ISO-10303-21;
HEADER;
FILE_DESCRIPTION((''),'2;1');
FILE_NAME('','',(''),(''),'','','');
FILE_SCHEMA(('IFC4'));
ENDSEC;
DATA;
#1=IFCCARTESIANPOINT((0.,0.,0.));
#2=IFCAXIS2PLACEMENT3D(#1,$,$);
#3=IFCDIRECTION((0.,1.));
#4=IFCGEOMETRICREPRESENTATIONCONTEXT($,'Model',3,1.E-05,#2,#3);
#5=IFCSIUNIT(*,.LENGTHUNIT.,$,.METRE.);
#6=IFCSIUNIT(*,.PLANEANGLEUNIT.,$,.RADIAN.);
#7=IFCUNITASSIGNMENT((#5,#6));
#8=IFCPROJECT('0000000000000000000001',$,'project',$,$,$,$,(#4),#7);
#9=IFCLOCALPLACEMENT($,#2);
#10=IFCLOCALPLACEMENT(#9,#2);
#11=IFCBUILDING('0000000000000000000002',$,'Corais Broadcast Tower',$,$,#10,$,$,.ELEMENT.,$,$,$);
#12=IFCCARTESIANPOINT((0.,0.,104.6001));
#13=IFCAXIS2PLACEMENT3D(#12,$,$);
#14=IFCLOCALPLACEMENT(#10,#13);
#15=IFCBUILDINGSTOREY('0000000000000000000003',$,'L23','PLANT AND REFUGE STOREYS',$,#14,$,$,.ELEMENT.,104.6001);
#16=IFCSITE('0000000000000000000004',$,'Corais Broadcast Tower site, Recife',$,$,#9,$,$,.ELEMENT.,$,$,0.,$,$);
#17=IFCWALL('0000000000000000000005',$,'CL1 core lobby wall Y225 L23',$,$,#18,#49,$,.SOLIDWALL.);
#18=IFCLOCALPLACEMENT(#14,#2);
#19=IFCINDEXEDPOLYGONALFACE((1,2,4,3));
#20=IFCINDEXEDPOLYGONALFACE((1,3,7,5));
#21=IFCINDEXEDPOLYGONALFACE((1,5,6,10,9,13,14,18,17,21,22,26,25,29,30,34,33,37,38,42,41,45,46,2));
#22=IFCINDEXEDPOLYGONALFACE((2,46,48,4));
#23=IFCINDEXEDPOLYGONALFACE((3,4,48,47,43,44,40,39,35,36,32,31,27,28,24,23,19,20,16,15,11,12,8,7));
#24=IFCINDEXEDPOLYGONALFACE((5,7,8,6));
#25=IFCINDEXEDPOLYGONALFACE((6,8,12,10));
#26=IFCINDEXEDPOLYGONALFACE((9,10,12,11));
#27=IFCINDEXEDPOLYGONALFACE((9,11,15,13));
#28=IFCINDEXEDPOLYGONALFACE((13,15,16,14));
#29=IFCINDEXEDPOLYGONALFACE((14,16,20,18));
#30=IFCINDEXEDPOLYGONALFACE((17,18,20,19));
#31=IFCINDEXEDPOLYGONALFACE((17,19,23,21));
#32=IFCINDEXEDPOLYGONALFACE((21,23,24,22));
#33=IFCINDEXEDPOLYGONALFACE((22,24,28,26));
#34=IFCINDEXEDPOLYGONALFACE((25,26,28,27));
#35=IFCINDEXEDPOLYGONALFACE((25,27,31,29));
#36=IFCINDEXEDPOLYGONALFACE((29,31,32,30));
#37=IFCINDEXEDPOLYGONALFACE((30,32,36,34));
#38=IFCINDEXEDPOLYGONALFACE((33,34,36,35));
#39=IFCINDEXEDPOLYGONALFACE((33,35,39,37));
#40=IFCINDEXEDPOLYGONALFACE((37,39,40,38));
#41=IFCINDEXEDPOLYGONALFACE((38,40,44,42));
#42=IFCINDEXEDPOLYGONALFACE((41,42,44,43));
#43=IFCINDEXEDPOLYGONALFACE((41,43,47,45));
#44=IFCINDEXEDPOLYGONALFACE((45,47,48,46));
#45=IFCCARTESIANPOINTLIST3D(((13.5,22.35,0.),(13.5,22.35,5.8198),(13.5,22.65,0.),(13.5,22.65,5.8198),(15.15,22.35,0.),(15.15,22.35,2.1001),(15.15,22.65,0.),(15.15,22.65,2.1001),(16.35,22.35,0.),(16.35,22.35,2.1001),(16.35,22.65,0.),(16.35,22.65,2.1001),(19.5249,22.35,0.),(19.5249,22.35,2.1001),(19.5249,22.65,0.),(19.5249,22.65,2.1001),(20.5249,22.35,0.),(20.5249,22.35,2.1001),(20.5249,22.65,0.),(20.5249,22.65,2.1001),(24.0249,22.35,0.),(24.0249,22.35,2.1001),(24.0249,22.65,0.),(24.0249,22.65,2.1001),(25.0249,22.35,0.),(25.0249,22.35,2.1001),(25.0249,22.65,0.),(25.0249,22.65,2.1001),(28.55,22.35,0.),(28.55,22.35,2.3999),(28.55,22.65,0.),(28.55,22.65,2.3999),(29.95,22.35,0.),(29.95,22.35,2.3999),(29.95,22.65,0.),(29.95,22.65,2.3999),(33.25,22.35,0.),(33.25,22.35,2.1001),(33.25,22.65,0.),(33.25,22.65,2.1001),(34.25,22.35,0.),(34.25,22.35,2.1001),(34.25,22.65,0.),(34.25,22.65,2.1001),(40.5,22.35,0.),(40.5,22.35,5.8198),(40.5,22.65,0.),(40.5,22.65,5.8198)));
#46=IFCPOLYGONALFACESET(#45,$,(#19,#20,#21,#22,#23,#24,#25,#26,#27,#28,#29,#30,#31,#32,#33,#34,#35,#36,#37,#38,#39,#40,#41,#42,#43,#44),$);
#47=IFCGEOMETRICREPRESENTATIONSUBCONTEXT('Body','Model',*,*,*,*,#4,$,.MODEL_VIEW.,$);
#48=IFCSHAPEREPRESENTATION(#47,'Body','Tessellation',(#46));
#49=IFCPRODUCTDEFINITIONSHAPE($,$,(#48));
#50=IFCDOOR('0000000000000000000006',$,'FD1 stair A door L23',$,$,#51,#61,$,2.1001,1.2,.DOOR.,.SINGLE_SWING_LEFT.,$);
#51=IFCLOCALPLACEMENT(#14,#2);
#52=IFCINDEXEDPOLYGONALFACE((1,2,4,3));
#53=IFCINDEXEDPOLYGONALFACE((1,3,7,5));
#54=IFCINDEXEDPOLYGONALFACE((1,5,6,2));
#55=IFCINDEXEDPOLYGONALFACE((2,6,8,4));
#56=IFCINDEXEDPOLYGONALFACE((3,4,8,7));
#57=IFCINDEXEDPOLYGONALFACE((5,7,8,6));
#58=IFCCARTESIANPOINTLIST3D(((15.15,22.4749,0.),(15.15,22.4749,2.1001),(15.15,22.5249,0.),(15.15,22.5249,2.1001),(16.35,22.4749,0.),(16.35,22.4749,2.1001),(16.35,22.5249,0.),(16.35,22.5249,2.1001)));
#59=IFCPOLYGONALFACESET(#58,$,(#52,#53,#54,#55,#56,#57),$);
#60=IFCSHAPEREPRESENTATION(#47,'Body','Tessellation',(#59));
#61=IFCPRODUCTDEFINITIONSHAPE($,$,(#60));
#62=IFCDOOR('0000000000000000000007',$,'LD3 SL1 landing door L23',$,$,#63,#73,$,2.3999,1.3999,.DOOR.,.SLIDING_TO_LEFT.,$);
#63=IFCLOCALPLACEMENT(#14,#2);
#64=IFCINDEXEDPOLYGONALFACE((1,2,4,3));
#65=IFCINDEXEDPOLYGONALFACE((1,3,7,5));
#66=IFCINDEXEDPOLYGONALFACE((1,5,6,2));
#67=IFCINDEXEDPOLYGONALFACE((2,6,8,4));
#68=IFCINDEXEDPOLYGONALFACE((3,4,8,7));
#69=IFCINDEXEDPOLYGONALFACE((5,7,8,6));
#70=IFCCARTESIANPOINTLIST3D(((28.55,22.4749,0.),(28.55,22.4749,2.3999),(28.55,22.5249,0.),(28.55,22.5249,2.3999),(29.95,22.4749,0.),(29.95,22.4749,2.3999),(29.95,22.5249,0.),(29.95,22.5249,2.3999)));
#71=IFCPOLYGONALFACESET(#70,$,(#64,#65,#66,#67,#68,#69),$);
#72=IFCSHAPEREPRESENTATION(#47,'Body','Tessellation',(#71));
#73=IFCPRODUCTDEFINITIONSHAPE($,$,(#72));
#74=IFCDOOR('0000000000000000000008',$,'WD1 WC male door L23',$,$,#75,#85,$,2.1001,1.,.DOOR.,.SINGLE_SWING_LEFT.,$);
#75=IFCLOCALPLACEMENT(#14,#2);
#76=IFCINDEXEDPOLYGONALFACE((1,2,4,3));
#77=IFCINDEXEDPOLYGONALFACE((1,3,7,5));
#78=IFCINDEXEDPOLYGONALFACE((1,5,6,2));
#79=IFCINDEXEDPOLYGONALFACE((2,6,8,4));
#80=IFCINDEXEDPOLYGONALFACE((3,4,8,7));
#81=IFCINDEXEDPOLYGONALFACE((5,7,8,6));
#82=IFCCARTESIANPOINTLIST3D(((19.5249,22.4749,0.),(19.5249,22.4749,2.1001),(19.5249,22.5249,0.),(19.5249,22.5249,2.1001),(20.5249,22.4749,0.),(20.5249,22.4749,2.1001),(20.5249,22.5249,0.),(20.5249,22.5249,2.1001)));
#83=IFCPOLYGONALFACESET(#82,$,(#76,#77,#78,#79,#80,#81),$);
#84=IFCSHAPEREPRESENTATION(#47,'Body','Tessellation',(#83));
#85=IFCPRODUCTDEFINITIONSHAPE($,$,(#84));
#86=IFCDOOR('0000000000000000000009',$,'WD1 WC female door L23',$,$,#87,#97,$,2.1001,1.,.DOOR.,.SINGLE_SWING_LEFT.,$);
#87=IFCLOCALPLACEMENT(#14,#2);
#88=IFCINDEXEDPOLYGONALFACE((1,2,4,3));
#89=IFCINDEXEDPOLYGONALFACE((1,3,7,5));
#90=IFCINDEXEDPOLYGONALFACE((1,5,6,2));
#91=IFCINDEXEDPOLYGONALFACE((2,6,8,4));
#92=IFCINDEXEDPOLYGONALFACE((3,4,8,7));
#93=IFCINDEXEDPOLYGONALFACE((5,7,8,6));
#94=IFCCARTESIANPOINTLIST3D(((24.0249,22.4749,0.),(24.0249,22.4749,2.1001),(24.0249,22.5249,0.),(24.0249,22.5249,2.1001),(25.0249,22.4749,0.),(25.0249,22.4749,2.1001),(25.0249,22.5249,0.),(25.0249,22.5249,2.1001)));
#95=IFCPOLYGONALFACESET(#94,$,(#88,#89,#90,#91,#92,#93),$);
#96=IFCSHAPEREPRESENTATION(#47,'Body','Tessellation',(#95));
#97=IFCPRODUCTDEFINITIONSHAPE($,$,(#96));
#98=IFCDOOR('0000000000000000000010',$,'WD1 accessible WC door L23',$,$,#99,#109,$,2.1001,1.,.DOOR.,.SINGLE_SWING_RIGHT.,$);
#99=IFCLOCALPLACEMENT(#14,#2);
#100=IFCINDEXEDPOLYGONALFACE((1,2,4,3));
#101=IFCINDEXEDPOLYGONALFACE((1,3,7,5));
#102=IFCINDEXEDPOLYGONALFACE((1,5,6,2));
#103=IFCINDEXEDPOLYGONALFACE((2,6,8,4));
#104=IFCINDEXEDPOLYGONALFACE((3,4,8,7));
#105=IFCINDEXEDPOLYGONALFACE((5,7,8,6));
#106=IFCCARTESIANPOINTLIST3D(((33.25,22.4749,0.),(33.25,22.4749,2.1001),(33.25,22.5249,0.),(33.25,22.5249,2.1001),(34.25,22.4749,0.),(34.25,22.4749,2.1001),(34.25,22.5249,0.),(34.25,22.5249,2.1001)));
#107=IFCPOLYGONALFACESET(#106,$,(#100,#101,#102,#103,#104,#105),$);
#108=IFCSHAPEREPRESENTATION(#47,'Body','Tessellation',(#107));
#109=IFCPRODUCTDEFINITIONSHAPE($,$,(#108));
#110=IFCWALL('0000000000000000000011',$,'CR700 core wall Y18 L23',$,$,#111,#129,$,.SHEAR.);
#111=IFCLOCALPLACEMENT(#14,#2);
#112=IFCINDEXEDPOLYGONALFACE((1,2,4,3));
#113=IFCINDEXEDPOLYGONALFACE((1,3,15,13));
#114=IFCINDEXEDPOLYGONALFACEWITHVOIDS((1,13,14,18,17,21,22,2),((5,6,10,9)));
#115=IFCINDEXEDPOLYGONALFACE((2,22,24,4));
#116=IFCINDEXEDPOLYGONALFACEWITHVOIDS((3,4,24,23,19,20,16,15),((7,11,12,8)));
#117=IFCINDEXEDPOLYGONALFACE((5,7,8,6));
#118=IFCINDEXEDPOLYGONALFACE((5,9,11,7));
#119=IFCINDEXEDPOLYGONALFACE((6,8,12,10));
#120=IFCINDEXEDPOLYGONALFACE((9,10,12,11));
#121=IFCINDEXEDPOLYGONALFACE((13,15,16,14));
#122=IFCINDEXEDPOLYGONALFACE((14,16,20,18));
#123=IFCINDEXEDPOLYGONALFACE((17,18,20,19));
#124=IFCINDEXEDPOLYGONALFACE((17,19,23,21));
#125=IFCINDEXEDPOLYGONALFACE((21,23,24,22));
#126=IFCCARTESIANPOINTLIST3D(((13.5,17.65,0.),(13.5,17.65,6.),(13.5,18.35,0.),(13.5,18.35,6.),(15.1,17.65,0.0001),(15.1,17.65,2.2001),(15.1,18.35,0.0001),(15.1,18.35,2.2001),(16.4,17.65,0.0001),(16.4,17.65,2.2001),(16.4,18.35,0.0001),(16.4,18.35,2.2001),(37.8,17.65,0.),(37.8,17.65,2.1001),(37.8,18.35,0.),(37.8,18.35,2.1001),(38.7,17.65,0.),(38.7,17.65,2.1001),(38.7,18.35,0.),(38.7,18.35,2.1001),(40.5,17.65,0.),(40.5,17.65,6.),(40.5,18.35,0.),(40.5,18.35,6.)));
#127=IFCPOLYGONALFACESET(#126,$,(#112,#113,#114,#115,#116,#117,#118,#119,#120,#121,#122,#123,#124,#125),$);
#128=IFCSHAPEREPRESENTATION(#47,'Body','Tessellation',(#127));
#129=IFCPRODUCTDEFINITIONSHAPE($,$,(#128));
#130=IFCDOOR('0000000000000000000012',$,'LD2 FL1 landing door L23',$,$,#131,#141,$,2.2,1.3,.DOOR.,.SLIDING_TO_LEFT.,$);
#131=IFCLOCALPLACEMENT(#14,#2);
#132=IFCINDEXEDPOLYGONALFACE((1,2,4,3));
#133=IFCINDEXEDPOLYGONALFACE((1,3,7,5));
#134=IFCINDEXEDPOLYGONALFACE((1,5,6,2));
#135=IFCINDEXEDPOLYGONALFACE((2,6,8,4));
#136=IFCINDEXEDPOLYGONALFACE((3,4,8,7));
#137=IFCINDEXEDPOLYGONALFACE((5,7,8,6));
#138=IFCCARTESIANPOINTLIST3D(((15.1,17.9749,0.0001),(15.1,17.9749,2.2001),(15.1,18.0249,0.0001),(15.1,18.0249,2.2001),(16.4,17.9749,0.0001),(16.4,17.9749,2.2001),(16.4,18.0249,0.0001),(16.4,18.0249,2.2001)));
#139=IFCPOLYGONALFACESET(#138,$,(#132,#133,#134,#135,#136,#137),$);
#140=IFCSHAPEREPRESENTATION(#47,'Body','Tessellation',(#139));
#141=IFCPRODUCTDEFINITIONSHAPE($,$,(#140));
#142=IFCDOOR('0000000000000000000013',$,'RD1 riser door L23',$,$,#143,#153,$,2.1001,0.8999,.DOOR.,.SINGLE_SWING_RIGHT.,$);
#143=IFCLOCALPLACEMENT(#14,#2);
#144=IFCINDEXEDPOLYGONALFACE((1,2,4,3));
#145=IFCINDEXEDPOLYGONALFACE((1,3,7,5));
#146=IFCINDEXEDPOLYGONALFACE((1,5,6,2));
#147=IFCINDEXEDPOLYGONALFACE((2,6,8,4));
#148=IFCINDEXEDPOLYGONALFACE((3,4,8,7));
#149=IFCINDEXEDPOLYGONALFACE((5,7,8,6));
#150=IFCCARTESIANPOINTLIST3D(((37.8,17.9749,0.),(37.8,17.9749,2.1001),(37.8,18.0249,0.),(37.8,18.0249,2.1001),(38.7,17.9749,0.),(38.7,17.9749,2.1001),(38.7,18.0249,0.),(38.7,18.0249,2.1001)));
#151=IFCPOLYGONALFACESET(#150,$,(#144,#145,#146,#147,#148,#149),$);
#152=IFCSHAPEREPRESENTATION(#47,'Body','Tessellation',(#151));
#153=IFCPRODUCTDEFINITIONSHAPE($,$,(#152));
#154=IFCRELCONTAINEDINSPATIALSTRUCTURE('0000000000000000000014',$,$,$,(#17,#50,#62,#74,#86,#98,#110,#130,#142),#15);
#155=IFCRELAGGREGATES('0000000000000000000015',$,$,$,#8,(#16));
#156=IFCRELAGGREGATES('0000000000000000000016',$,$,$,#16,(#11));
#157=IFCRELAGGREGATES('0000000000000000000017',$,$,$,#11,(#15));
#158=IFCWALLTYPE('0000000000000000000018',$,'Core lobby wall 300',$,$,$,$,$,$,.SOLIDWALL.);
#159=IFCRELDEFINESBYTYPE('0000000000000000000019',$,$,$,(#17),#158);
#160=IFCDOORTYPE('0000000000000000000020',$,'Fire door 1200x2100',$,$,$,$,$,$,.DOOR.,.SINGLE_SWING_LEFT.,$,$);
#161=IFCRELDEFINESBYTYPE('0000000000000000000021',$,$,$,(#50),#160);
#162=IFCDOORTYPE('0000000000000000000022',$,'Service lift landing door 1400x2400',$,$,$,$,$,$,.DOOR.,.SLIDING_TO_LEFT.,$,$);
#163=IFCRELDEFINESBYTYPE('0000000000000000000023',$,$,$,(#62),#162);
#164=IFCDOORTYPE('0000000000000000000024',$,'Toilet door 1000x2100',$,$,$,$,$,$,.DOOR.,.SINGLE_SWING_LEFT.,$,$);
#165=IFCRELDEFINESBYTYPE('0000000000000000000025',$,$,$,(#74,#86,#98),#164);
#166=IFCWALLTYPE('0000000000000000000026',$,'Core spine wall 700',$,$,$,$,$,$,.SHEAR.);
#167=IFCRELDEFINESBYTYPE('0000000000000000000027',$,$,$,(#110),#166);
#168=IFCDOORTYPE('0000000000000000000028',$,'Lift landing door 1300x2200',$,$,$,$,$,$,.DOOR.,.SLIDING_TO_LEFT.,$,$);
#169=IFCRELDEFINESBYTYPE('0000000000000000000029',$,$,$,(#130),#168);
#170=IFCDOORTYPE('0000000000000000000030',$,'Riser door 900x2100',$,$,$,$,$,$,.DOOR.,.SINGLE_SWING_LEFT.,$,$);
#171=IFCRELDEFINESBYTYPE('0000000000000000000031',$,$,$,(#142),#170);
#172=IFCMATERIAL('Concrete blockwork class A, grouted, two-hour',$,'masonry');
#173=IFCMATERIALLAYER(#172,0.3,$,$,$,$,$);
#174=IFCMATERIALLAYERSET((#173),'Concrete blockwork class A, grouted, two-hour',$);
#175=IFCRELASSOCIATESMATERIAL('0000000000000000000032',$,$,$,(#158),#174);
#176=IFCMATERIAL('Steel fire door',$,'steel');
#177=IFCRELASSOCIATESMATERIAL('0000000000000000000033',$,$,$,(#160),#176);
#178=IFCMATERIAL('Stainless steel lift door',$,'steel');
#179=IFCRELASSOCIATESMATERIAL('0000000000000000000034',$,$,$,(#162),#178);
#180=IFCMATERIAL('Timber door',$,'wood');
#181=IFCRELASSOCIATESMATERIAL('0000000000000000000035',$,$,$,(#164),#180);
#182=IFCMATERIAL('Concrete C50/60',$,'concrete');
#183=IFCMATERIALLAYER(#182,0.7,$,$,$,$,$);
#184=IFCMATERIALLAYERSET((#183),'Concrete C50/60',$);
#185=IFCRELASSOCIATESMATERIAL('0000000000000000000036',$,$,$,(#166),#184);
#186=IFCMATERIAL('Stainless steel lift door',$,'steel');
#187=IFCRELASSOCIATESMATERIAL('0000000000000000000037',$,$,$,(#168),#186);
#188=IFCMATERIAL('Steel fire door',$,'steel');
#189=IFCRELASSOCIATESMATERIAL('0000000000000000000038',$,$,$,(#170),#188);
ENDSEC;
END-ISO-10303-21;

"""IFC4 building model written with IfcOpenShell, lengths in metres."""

from ifc_helpers import new_model, si_unit, direction, frame, frame_2d, origin, place, context, subcontext, project, spatial, rectangle, extrude, material, layer, layer_set, type_object, element, fill, save


model = new_model("IFC4")

# Units and contexts
model_context = context("Model", 3, precision=1e-05, world=origin(), true_north=direction((0.0, 1.0)))
body_context = subcontext(model_context, "Body", "Model", "MODEL_VIEW")
ifc_project = project(units=[si_unit("LENGTHUNIT", "METRE"), si_unit("PLANEANGLEUNIT", "RADIAN")], contexts=[model_context])

# Site, building, storey
site_placement = place(None, origin())
site = spatial("IfcSite", under=ifc_project, at=site_placement, Name="Corais Broadcast Tower site, Recife", CompositionType="ELEMENT", RefElevation=0.0)
building_placement = place(site_placement, origin())
building = spatial("IfcBuilding", under=site, at=building_placement, Name="Corais Broadcast Tower", CompositionType="ELEMENT")
storey_placement = place(building_placement, frame((0.0, 0.0, 104.6001)))
storey = spatial("IfcBuildingStorey", under=building, at=storey_placement, Name="L23", Description="PLANT AND REFUGE STOREYS", CompositionType="ELEMENT", Elevation=104.6001)

# Walls, openings, doors
ifc_material_1 = material(Name="Concrete blockwork class A, grouted, two-hour", Category="masonry")
ifc_layer_1 = layer(ifc_material_1, 0.3)
ifc_layer_set_1 = layer_set([ifc_layer_1], Name="Concrete blockwork class A, grouted, two-hour")
wall_type_1 = type_object("IfcWallType", Name="Core lobby wall 300", PredefinedType="SOLIDWALL", material=ifc_layer_set_1)
wall_1_placement = place(storey_placement, frame((13.5, 22.5, 0.0), z_axis=(0.0, 0.0, 1.0), x_axis=(1.0, 0.0, 0.0)))
wall_1 = element("IfcWall", 1, at=wall_1_placement, inside=storey, type_object=wall_type_1, Name="CL1 core lobby wall Y225 L23", PredefinedType="SOLIDWALL", context=body_context, shape_type="SweptSolid", body=[
    extrude(rectangle(XDim=27.0, YDim=0.3, at=frame_2d((13.5, 0.0))), origin(), (0.0, 0.0, 1.0), 5.8198),
])
opening_1_placement = place(wall_1_placement, frame((1.6499, 0.0, 0.0)))
opening_1 = element("IfcOpeningElement", 2, at=opening_1_placement, cuts=wall_1, PredefinedType="OPENING", context=body_context, shape_type="SweptSolid", body=[
    extrude(rectangle(XDim=1.2, YDim=2.1001, at=frame_2d((0.6001, 1.05))), frame((0.0, 0.1599, 0.0), z_axis=(0.0, -1.0, 0.0), x_axis=(1.0, 0.0, 0.0)), (0.0, 0.0, 1.0), 0.3201),
])
opening_2_placement = place(wall_1_placement, frame((6.0249, 0.0, 0.0)))
opening_2 = element("IfcOpeningElement", 3, at=opening_2_placement, cuts=wall_1, PredefinedType="OPENING", context=body_context, shape_type="SweptSolid", body=[
    extrude(rectangle(XDim=1.0, YDim=2.1001, at=frame_2d((0.5, 1.05))), frame((0.0, 0.1599, 0.0), z_axis=(0.0, -1.0, 0.0), x_axis=(1.0, 0.0, 0.0)), (0.0, 0.0, 1.0), 0.3201),
])
opening_3_placement = place(wall_1_placement, frame((10.5249, 0.0, 0.0)))
opening_3 = element("IfcOpeningElement", 4, at=opening_3_placement, cuts=wall_1, PredefinedType="OPENING", context=body_context, shape_type="SweptSolid", body=[
    extrude(rectangle(XDim=1.0, YDim=2.1001, at=frame_2d((0.5, 1.05))), frame((0.0, 0.1599, 0.0), z_axis=(0.0, -1.0, 0.0), x_axis=(1.0, 0.0, 0.0)), (0.0, 0.0, 1.0), 0.3201),
])
opening_4_placement = place(wall_1_placement, frame((19.75, 0.0, 0.0)))
opening_4 = element("IfcOpeningElement", 5, at=opening_4_placement, cuts=wall_1, PredefinedType="OPENING", context=body_context, shape_type="SweptSolid", body=[
    extrude(rectangle(XDim=1.0, YDim=2.1001, at=frame_2d((0.5, 1.05))), frame((0.0, 0.1599, 0.0), z_axis=(0.0, -1.0, 0.0), x_axis=(1.0, 0.0, 0.0)), (0.0, 0.0, 1.0), 0.3201),
])
opening_5_placement = place(wall_1_placement, frame((15.05, 0.0, 0.0)))
opening_5 = element("IfcOpeningElement", 6, at=opening_5_placement, cuts=wall_1, PredefinedType="OPENING", context=body_context, shape_type="SweptSolid", body=[
    extrude(rectangle(XDim=1.3999, YDim=2.3999, at=frame_2d((0.7, 1.2))), frame((0.0, 0.1599, 0.0), z_axis=(0.0, -1.0, 0.0), x_axis=(1.0, 0.0, 0.0)), (0.0, 0.0, 1.0), 0.3201),
])
ifc_material_2 = material(Name="Steel fire door", Category="steel")
door_type_1 = type_object("IfcDoorType", Name="Fire door 1200x2100", OperationType="SINGLE_SWING_LEFT", PredefinedType="DOOR", material=ifc_material_2)
door_1_placement = place(opening_1_placement, origin())
door_1 = element("IfcDoor", 7, at=door_1_placement, inside=storey, type_object=door_type_1, Name="FD1 stair A door L23", OperationType="SINGLE_SWING_LEFT", OverallHeight=2.1001, OverallWidth=1.2, PredefinedType="DOOR", context=body_context, shape_type="SweptSolid", body=[
    extrude(rectangle(XDim=1.2, YDim=2.1001, at=frame_2d((0.6001, 1.05))), frame((0.0, 0.0249, 0.0), z_axis=(0.0, -1.0, 0.0), x_axis=(1.0, 0.0, 0.0)), (0.0, 0.0, 1.0), 0.05),
])
fill(opening_1, door_1)
ifc_material_3 = material(Name="Stainless steel lift door", Category="steel")
door_type_2 = type_object("IfcDoorType", Name="Service lift landing door 1400x2400", OperationType="SLIDING_TO_LEFT", PredefinedType="DOOR", material=ifc_material_3)
door_2_placement = place(opening_5_placement, origin())
door_2 = element("IfcDoor", 8, at=door_2_placement, inside=storey, type_object=door_type_2, Name="LD3 SL1 landing door L23", OperationType="SLIDING_TO_LEFT", OverallHeight=2.3999, OverallWidth=1.3999, PredefinedType="DOOR", context=body_context, shape_type="SweptSolid", body=[
    extrude(rectangle(XDim=1.3999, YDim=2.3999, at=frame_2d((0.7, 1.2))), frame((0.0, 0.0249, 0.0), z_axis=(0.0, -1.0, 0.0), x_axis=(1.0, 0.0, 0.0)), (0.0, 0.0, 1.0), 0.05),
])
fill(opening_5, door_2)
ifc_material_4 = material(Name="Timber door", Category="wood")
door_type_3 = type_object("IfcDoorType", Name="Toilet door 1000x2100", OperationType="SINGLE_SWING_LEFT", PredefinedType="DOOR", material=ifc_material_4)
door_3_placement = place(opening_2_placement, origin())
door_3 = element("IfcDoor", 9, at=door_3_placement, inside=storey, type_object=door_type_3, Name="WD1 WC male door L23", OperationType="SINGLE_SWING_LEFT", OverallHeight=2.1001, OverallWidth=1.0, PredefinedType="DOOR", context=body_context, shape_type="SweptSolid", body=[
    extrude(rectangle(XDim=1.0, YDim=2.1001, at=frame_2d((0.5, 1.05))), frame((0.0, 0.0249, 0.0), z_axis=(0.0, -1.0, 0.0), x_axis=(1.0, 0.0, 0.0)), (0.0, 0.0, 1.0), 0.05),
])
fill(opening_2, door_3)
door_4_placement = place(opening_3_placement, origin())
door_4 = element("IfcDoor", 10, at=door_4_placement, inside=storey, type_object=door_type_3, Name="WD1 WC female door L23", OperationType="SINGLE_SWING_LEFT", OverallHeight=2.1001, OverallWidth=1.0, PredefinedType="DOOR", context=body_context, shape_type="SweptSolid", body=[
    extrude(rectangle(XDim=1.0, YDim=2.1001, at=frame_2d((0.5, 1.05))), frame((0.0, 0.0249, 0.0), z_axis=(0.0, -1.0, 0.0), x_axis=(1.0, 0.0, 0.0)), (0.0, 0.0, 1.0), 0.05),
])
fill(opening_3, door_4)
door_5_placement = place(opening_4_placement, origin())
door_5 = element("IfcDoor", 11, at=door_5_placement, inside=storey, type_object=door_type_3, Name="WD1 accessible WC door L23", OperationType="SINGLE_SWING_RIGHT", OverallHeight=2.1001, OverallWidth=1.0, PredefinedType="DOOR", context=body_context, shape_type="SweptSolid", body=[
    extrude(rectangle(XDim=1.0, YDim=2.1001, at=frame_2d((0.5, 1.05))), frame((0.0, 0.0249, 0.0), z_axis=(0.0, -1.0, 0.0), x_axis=(1.0, 0.0, 0.0)), (0.0, 0.0, 1.0), 0.05),
])
fill(opening_4, door_5)
ifc_material_5 = material(Name="Concrete C50/60", Category="concrete")
ifc_layer_2 = layer(ifc_material_5, 0.7)
ifc_layer_set_2 = layer_set([ifc_layer_2], Name="Concrete C50/60")
wall_type_2 = type_object("IfcWallType", Name="Core spine wall 700", PredefinedType="SHEAR", material=ifc_layer_set_2)
wall_2_placement = place(storey_placement, frame((13.5, 18.0, 0.0), z_axis=(0.0, 0.0, 1.0), x_axis=(1.0, 0.0, 0.0)))
wall_2 = element("IfcWall", 12, at=wall_2_placement, inside=storey, type_object=wall_type_2, Name="CR700 core wall Y18 L23", PredefinedType="SHEAR", context=body_context, shape_type="SweptSolid", body=[
    extrude(rectangle(XDim=27.0, YDim=0.7, at=frame_2d((13.5, 0.0))), origin(), (0.0, 0.0, 1.0), 6.0),
])
opening_6_placement = place(wall_2_placement, frame((24.3, 0.0, 0.0)))
opening_6 = element("IfcOpeningElement", 13, at=opening_6_placement, cuts=wall_2, PredefinedType="OPENING", context=body_context, shape_type="SweptSolid", body=[
    extrude(rectangle(XDim=0.8999, YDim=2.1001, at=frame_2d((0.45, 1.05))), frame((0.0, 0.3599, 0.0), z_axis=(0.0, -1.0, 0.0), x_axis=(1.0, 0.0, 0.0)), (0.0, 0.0, 1.0), 0.72),
])
opening_7_placement = place(wall_2_placement, frame((1.6001, 0.0, 0.0)))
opening_7 = element("IfcOpeningElement", 14, at=opening_7_placement, cuts=wall_2, PredefinedType="OPENING", context=body_context, shape_type="SweptSolid", body=[
    extrude(rectangle(XDim=1.3, YDim=2.2, at=frame_2d((0.6499, 1.1001))), frame((0.0, 0.3599, 0.0), z_axis=(0.0, -1.0, 0.0), x_axis=(1.0, 0.0, 0.0)), (0.0, 0.0, 1.0), 0.72),
])
ifc_material_6 = material(Name="Stainless steel lift door", Category="steel")
door_type_4 = type_object("IfcDoorType", Name="Lift landing door 1300x2200", OperationType="SLIDING_TO_LEFT", PredefinedType="DOOR", material=ifc_material_6)
door_6_placement = place(opening_7_placement, origin())
door_6 = element("IfcDoor", 15, at=door_6_placement, inside=storey, type_object=door_type_4, Name="LD2 FL1 landing door L23", OperationType="SLIDING_TO_LEFT", OverallHeight=2.2, OverallWidth=1.3, PredefinedType="DOOR", context=body_context, shape_type="SweptSolid", body=[
    extrude(rectangle(XDim=1.3, YDim=2.2, at=frame_2d((0.6499, 1.1001))), frame((0.0, 0.0249, 0.0), z_axis=(0.0, -1.0, 0.0), x_axis=(1.0, 0.0, 0.0)), (0.0, 0.0, 1.0), 0.05),
])
fill(opening_7, door_6)
ifc_material_7 = material(Name="Steel fire door", Category="steel")
door_type_5 = type_object("IfcDoorType", Name="Riser door 900x2100", OperationType="SINGLE_SWING_LEFT", PredefinedType="DOOR", material=ifc_material_7)
door_7_placement = place(opening_6_placement, origin())
door_7 = element("IfcDoor", 16, at=door_7_placement, inside=storey, type_object=door_type_5, Name="RD1 riser door L23", OperationType="SINGLE_SWING_RIGHT", OverallHeight=2.1001, OverallWidth=0.8999, PredefinedType="DOOR", context=body_context, shape_type="SweptSolid", body=[
    extrude(rectangle(XDim=0.8999, YDim=2.1001, at=frame_2d((0.45, 1.05))), frame((0.0, 0.0249, 0.0), z_axis=(0.0, -1.0, 0.0), x_axis=(1.0, 0.0, 0.0)), (0.0, 0.0, 1.0), 0.05),
])
fill(opening_6, door_7)

save(model, "model.ifc")
